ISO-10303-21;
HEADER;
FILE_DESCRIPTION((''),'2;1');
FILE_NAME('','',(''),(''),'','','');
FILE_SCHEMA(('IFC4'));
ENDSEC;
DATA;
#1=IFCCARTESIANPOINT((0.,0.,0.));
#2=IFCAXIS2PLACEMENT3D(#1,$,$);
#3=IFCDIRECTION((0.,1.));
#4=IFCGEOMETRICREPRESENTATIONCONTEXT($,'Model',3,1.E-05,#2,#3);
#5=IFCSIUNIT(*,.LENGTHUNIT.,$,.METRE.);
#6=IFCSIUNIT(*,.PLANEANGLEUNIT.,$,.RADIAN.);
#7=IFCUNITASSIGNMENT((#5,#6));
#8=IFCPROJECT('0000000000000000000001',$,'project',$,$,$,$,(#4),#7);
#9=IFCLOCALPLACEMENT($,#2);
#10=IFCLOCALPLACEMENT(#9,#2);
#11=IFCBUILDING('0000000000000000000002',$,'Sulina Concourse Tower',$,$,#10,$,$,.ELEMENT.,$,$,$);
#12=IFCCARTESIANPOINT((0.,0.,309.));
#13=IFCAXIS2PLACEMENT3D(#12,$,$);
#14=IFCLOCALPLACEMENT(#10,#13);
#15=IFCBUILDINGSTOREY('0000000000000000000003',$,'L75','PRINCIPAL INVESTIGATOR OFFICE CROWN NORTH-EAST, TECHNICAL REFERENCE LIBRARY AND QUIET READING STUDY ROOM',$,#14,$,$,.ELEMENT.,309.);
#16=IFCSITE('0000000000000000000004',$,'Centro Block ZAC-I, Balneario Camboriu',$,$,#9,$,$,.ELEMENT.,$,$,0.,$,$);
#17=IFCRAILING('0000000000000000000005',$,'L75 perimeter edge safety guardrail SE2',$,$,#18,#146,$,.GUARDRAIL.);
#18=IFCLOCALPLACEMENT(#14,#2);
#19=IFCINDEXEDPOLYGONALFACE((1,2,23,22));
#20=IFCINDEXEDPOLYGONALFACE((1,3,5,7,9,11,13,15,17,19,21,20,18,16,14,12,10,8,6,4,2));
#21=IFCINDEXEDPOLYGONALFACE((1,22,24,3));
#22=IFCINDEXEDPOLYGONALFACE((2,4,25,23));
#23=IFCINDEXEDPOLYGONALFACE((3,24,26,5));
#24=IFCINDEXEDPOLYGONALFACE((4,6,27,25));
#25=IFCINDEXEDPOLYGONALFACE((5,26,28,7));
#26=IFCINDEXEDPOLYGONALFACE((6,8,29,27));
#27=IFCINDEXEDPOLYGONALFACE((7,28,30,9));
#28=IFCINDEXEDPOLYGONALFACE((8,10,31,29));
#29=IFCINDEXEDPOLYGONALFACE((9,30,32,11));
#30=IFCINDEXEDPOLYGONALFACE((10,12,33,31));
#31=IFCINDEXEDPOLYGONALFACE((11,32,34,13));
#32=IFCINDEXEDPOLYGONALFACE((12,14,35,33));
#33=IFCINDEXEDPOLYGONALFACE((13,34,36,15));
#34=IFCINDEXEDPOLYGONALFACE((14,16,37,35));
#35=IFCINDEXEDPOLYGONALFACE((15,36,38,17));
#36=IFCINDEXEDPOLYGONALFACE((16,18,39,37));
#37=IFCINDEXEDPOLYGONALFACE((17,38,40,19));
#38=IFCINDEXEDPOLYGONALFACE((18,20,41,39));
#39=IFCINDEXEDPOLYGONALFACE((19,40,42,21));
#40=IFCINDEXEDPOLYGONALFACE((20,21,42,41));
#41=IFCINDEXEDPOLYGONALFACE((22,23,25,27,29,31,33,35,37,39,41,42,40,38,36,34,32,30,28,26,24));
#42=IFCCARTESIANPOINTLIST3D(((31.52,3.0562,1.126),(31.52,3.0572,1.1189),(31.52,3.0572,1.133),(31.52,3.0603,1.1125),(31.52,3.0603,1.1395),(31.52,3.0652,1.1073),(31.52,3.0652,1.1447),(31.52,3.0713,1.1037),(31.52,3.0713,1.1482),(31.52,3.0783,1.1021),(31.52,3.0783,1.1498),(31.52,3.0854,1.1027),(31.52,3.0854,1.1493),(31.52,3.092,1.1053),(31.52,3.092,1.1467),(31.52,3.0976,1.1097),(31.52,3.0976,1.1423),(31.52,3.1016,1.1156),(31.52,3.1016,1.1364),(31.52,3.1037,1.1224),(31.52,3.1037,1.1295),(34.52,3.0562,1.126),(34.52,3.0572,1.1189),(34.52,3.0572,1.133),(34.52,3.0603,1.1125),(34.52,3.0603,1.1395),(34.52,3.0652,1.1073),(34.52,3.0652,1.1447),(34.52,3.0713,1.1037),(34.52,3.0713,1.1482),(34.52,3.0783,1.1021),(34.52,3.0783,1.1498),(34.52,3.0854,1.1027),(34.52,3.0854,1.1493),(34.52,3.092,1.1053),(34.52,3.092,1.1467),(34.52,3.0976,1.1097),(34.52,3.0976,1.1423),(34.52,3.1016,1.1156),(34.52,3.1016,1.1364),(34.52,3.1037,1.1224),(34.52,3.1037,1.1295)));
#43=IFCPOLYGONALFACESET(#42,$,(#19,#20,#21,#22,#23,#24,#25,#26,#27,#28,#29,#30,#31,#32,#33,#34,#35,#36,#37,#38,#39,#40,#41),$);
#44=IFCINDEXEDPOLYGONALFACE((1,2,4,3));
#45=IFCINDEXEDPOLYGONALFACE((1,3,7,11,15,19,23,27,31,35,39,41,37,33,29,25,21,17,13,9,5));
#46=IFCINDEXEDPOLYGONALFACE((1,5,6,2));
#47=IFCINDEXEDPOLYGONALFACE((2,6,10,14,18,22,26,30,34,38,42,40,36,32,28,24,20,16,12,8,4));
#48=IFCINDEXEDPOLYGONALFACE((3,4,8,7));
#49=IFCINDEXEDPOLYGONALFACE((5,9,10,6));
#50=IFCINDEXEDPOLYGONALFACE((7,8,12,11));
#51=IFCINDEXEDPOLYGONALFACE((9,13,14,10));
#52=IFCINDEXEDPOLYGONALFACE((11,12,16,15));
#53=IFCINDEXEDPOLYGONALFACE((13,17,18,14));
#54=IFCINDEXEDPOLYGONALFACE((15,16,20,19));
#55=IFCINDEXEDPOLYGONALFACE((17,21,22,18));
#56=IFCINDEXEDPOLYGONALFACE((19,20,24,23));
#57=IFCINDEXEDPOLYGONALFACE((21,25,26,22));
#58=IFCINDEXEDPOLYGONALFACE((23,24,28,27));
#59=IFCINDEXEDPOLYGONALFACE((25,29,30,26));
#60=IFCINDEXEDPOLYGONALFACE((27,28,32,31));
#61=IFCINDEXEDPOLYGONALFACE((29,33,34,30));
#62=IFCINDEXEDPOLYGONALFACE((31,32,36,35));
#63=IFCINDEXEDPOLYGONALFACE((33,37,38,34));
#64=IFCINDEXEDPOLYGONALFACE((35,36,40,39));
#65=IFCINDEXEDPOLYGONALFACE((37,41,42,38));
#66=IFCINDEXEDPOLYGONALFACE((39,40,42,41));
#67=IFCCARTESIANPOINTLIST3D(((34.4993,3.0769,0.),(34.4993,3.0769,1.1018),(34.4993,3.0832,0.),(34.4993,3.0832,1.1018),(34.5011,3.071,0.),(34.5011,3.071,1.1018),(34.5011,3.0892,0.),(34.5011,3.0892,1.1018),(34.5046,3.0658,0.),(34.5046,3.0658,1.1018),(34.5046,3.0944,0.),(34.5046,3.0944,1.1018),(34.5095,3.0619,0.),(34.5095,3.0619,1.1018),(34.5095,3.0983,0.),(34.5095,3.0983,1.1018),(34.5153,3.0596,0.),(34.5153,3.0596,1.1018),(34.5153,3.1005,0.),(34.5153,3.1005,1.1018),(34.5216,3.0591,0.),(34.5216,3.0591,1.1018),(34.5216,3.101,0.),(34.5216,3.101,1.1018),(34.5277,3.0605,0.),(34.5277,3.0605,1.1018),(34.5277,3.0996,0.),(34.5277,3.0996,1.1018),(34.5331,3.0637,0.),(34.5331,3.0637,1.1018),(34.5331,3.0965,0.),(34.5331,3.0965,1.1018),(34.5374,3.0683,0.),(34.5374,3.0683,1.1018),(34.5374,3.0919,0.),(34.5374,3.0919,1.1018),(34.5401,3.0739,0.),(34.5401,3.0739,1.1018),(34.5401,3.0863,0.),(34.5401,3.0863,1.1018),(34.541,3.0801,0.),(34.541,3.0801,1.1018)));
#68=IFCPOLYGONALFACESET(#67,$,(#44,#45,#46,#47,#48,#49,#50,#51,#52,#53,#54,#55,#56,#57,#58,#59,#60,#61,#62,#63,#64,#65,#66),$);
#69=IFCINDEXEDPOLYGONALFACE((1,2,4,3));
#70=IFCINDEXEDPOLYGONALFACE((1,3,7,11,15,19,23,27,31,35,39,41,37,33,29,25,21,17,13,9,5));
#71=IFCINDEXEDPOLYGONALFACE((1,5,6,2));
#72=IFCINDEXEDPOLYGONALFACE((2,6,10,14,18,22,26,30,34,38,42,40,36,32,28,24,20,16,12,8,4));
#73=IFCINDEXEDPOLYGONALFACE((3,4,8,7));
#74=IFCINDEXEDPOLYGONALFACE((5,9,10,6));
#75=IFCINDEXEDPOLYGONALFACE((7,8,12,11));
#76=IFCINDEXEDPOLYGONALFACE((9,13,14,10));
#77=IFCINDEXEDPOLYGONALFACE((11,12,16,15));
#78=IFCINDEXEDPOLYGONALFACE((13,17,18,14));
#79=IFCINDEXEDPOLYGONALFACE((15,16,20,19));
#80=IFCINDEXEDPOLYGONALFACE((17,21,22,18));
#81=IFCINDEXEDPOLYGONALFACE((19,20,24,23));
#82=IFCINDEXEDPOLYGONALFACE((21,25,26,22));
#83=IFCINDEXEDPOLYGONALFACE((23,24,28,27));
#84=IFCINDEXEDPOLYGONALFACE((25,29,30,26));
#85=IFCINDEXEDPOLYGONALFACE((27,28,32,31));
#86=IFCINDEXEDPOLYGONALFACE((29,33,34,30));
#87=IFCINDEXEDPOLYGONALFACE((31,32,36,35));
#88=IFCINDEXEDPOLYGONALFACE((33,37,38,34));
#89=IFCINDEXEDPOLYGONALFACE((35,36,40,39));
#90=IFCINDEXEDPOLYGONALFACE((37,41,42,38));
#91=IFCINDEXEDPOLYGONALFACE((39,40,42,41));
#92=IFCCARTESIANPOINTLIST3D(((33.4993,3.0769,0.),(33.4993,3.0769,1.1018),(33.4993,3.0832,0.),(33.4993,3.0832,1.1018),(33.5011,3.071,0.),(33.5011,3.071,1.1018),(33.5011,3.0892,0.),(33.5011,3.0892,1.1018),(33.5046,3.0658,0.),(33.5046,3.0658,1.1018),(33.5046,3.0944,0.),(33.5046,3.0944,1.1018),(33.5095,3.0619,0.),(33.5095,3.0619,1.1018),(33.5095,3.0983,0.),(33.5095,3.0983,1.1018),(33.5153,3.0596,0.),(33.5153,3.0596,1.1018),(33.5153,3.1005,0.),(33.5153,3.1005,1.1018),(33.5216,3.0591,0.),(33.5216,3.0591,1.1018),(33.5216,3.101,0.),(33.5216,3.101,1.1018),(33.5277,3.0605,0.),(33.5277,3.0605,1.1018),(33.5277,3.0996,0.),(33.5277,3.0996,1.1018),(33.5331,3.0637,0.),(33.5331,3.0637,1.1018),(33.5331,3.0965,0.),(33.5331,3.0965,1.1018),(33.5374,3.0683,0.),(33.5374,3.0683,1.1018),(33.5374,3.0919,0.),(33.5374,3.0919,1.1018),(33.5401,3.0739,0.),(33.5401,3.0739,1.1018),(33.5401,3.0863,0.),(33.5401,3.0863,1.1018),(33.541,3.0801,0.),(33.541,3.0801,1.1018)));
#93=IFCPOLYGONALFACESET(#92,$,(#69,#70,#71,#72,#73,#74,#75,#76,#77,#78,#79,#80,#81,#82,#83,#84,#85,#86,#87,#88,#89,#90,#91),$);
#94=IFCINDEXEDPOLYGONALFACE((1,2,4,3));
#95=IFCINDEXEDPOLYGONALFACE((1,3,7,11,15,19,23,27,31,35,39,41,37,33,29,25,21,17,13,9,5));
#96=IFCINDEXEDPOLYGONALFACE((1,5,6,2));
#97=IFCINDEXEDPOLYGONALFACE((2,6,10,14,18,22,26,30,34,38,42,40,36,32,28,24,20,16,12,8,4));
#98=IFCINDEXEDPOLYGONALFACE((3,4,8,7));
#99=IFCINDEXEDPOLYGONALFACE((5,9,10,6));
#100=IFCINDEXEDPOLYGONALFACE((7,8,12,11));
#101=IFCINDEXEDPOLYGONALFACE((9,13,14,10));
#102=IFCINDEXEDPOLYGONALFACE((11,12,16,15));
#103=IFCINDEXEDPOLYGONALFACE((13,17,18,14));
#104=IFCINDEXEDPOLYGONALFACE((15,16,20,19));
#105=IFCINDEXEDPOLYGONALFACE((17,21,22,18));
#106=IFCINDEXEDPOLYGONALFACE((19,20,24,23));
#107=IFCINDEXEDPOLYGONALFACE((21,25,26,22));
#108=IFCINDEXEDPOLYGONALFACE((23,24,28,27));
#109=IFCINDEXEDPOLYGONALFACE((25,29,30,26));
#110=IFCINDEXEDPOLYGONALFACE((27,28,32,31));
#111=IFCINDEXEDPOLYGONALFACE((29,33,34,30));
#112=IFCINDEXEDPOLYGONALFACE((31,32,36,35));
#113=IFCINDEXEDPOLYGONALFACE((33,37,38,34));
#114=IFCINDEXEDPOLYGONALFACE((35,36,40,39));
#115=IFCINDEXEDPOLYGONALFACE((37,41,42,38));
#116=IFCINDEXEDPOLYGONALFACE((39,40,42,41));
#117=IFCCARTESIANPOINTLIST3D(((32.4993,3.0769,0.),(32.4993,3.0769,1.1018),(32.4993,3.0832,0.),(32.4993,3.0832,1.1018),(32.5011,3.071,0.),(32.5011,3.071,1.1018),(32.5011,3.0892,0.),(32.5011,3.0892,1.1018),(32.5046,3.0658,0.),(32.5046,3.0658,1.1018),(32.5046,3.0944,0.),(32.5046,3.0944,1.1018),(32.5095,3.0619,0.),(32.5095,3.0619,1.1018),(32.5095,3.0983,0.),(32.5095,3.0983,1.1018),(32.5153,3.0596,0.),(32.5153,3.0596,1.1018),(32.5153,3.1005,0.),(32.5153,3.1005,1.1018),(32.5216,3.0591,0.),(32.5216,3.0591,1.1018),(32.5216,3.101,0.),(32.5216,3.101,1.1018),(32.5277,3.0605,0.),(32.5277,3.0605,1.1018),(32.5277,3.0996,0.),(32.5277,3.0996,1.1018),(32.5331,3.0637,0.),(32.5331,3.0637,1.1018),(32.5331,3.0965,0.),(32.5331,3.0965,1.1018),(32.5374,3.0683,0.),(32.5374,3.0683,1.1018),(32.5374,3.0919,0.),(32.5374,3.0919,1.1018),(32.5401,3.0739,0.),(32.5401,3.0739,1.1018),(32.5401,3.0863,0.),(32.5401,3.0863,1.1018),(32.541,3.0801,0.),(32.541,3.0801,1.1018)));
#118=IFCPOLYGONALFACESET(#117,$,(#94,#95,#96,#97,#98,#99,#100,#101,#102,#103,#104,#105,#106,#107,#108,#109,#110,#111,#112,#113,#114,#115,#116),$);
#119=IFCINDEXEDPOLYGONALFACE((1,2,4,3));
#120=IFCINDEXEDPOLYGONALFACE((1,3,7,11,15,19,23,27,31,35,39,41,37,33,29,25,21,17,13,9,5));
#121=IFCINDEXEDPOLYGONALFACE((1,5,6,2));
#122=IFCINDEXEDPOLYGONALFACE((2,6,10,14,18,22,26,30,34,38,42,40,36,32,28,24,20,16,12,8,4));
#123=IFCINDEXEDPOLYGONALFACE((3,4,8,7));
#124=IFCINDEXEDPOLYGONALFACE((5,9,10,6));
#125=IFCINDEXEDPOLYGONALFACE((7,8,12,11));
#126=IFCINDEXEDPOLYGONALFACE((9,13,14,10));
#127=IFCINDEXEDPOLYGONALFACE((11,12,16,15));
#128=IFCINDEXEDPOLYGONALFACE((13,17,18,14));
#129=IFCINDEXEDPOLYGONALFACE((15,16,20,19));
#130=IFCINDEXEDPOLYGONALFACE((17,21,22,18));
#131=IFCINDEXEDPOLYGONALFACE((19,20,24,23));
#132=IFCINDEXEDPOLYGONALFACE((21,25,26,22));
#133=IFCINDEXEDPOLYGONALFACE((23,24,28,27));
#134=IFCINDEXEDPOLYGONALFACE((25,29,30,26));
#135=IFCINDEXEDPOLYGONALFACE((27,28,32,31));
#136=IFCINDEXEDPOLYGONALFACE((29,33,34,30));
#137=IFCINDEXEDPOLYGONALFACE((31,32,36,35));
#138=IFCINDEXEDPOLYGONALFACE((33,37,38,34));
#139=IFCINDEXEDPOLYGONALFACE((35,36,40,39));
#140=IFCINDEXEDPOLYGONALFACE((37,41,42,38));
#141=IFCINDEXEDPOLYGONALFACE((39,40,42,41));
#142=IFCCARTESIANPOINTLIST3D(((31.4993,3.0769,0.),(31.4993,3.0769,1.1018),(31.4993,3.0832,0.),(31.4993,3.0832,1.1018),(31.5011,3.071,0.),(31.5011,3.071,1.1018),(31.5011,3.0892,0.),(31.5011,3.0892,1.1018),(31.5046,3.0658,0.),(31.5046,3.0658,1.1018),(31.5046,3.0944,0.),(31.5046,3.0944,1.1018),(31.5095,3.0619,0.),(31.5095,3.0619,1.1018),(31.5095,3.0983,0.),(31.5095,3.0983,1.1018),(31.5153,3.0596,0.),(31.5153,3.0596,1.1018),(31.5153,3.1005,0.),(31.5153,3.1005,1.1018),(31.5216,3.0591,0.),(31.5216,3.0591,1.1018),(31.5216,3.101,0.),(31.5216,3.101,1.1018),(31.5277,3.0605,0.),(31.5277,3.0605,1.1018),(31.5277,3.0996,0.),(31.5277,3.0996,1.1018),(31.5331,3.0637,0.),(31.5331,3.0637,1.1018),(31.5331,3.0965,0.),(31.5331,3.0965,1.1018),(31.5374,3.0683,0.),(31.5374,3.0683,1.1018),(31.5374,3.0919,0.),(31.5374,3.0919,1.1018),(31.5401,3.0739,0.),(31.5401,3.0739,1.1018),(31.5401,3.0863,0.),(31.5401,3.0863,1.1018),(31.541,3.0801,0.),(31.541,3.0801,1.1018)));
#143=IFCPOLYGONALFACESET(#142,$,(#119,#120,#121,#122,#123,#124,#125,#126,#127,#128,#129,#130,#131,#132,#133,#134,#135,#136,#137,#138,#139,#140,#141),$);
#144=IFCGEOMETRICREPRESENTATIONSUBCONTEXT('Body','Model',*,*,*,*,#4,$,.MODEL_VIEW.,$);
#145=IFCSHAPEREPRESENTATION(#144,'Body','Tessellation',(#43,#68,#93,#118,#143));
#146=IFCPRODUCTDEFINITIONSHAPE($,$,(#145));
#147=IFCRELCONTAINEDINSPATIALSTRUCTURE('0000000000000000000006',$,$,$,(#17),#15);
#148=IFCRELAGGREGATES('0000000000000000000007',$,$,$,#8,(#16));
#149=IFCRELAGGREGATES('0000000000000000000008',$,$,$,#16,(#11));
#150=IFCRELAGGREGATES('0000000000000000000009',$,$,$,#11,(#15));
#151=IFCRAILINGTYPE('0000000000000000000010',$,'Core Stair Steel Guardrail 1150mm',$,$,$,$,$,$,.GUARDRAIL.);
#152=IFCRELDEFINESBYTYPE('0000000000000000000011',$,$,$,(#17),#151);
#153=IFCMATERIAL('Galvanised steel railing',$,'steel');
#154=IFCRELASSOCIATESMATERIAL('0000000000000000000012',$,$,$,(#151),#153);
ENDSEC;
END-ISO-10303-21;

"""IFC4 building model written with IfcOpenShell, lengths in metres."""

from ifc_helpers import new_model, si_unit, direction, frame, origin, origin_2d, place, context, subcontext, project, spatial, circle, extrude, material, type_object, element, save


model = new_model("IFC4")

# Units and contexts
model_context = context("Model", 3, precision=1e-05, world=origin(), true_north=direction((0.0, 1.0)))
body_context = subcontext(model_context, "Body", "Model", "MODEL_VIEW")
ifc_project = project(units=[si_unit("LENGTHUNIT", "METRE"), si_unit("PLANEANGLEUNIT", "RADIAN")], contexts=[model_context])

# Site, building, storey
site_placement = place(None, origin())
site = spatial("IfcSite", under=ifc_project, at=site_placement, Name="Centro Block ZAC-I, Balneario Camboriu", CompositionType="ELEMENT", RefElevation=0.0)
building_placement = place(site_placement, origin())
building = spatial("IfcBuilding", under=site, at=building_placement, Name="Sulina Concourse Tower", CompositionType="ELEMENT")
storey_placement = place(building_placement, frame((0.0, 0.0, 309.0)))
storey = spatial("IfcBuildingStorey", under=building, at=storey_placement, Name="L75", Description="PRINCIPAL INVESTIGATOR OFFICE CROWN NORTH-EAST, TECHNICAL REFERENCE LIBRARY AND QUIET READING STUDY ROOM", CompositionType="ELEMENT", Elevation=309.0)

# Railing
ifc_material_1 = material(Name="Galvanised steel railing", Category="steel")
railing_type = type_object("IfcRailingType", Name="Core Stair Steel Guardrail 1150mm", PredefinedType="GUARDRAIL", material=ifc_material_1)
railing_1_placement = place(storey_placement, frame((34.52, 3.0801, 0.0)))
element("IfcRailing", 1, at=railing_1_placement, inside=storey, type_object=railing_type, Name="L75 perimeter edge safety guardrail SE2", PredefinedType="GUARDRAIL", context=body_context, shape_type="SweptSolid", body=[
    extrude(circle(Radius=0.0239, at=origin_2d()), frame((0.0, 0.0, 1.126), z_axis=(-1.0, 0.0, 0.0), x_axis=(0.0, -1.0, 0.0)), (0.0, 0.0, 1.0), 3.0),
    extrude(circle(Radius=0.021, at=origin_2d()), origin(), (0.0, 0.0, 1.0), 1.1018),
    extrude(circle(Radius=0.021, at=origin_2d()), frame((-1.0, 0.0, 0.0)), (0.0, 0.0, 1.0), 1.1018),
    extrude(circle(Radius=0.021, at=origin_2d()), frame((-2.0, 0.0, 0.0)), (0.0, 0.0, 1.0), 1.1018),
    extrude(circle(Radius=0.021, at=origin_2d()), frame((-3.0, 0.0, 0.0)), (0.0, 0.0, 1.0), 1.1018),
])

save(model, "model.ifc")
